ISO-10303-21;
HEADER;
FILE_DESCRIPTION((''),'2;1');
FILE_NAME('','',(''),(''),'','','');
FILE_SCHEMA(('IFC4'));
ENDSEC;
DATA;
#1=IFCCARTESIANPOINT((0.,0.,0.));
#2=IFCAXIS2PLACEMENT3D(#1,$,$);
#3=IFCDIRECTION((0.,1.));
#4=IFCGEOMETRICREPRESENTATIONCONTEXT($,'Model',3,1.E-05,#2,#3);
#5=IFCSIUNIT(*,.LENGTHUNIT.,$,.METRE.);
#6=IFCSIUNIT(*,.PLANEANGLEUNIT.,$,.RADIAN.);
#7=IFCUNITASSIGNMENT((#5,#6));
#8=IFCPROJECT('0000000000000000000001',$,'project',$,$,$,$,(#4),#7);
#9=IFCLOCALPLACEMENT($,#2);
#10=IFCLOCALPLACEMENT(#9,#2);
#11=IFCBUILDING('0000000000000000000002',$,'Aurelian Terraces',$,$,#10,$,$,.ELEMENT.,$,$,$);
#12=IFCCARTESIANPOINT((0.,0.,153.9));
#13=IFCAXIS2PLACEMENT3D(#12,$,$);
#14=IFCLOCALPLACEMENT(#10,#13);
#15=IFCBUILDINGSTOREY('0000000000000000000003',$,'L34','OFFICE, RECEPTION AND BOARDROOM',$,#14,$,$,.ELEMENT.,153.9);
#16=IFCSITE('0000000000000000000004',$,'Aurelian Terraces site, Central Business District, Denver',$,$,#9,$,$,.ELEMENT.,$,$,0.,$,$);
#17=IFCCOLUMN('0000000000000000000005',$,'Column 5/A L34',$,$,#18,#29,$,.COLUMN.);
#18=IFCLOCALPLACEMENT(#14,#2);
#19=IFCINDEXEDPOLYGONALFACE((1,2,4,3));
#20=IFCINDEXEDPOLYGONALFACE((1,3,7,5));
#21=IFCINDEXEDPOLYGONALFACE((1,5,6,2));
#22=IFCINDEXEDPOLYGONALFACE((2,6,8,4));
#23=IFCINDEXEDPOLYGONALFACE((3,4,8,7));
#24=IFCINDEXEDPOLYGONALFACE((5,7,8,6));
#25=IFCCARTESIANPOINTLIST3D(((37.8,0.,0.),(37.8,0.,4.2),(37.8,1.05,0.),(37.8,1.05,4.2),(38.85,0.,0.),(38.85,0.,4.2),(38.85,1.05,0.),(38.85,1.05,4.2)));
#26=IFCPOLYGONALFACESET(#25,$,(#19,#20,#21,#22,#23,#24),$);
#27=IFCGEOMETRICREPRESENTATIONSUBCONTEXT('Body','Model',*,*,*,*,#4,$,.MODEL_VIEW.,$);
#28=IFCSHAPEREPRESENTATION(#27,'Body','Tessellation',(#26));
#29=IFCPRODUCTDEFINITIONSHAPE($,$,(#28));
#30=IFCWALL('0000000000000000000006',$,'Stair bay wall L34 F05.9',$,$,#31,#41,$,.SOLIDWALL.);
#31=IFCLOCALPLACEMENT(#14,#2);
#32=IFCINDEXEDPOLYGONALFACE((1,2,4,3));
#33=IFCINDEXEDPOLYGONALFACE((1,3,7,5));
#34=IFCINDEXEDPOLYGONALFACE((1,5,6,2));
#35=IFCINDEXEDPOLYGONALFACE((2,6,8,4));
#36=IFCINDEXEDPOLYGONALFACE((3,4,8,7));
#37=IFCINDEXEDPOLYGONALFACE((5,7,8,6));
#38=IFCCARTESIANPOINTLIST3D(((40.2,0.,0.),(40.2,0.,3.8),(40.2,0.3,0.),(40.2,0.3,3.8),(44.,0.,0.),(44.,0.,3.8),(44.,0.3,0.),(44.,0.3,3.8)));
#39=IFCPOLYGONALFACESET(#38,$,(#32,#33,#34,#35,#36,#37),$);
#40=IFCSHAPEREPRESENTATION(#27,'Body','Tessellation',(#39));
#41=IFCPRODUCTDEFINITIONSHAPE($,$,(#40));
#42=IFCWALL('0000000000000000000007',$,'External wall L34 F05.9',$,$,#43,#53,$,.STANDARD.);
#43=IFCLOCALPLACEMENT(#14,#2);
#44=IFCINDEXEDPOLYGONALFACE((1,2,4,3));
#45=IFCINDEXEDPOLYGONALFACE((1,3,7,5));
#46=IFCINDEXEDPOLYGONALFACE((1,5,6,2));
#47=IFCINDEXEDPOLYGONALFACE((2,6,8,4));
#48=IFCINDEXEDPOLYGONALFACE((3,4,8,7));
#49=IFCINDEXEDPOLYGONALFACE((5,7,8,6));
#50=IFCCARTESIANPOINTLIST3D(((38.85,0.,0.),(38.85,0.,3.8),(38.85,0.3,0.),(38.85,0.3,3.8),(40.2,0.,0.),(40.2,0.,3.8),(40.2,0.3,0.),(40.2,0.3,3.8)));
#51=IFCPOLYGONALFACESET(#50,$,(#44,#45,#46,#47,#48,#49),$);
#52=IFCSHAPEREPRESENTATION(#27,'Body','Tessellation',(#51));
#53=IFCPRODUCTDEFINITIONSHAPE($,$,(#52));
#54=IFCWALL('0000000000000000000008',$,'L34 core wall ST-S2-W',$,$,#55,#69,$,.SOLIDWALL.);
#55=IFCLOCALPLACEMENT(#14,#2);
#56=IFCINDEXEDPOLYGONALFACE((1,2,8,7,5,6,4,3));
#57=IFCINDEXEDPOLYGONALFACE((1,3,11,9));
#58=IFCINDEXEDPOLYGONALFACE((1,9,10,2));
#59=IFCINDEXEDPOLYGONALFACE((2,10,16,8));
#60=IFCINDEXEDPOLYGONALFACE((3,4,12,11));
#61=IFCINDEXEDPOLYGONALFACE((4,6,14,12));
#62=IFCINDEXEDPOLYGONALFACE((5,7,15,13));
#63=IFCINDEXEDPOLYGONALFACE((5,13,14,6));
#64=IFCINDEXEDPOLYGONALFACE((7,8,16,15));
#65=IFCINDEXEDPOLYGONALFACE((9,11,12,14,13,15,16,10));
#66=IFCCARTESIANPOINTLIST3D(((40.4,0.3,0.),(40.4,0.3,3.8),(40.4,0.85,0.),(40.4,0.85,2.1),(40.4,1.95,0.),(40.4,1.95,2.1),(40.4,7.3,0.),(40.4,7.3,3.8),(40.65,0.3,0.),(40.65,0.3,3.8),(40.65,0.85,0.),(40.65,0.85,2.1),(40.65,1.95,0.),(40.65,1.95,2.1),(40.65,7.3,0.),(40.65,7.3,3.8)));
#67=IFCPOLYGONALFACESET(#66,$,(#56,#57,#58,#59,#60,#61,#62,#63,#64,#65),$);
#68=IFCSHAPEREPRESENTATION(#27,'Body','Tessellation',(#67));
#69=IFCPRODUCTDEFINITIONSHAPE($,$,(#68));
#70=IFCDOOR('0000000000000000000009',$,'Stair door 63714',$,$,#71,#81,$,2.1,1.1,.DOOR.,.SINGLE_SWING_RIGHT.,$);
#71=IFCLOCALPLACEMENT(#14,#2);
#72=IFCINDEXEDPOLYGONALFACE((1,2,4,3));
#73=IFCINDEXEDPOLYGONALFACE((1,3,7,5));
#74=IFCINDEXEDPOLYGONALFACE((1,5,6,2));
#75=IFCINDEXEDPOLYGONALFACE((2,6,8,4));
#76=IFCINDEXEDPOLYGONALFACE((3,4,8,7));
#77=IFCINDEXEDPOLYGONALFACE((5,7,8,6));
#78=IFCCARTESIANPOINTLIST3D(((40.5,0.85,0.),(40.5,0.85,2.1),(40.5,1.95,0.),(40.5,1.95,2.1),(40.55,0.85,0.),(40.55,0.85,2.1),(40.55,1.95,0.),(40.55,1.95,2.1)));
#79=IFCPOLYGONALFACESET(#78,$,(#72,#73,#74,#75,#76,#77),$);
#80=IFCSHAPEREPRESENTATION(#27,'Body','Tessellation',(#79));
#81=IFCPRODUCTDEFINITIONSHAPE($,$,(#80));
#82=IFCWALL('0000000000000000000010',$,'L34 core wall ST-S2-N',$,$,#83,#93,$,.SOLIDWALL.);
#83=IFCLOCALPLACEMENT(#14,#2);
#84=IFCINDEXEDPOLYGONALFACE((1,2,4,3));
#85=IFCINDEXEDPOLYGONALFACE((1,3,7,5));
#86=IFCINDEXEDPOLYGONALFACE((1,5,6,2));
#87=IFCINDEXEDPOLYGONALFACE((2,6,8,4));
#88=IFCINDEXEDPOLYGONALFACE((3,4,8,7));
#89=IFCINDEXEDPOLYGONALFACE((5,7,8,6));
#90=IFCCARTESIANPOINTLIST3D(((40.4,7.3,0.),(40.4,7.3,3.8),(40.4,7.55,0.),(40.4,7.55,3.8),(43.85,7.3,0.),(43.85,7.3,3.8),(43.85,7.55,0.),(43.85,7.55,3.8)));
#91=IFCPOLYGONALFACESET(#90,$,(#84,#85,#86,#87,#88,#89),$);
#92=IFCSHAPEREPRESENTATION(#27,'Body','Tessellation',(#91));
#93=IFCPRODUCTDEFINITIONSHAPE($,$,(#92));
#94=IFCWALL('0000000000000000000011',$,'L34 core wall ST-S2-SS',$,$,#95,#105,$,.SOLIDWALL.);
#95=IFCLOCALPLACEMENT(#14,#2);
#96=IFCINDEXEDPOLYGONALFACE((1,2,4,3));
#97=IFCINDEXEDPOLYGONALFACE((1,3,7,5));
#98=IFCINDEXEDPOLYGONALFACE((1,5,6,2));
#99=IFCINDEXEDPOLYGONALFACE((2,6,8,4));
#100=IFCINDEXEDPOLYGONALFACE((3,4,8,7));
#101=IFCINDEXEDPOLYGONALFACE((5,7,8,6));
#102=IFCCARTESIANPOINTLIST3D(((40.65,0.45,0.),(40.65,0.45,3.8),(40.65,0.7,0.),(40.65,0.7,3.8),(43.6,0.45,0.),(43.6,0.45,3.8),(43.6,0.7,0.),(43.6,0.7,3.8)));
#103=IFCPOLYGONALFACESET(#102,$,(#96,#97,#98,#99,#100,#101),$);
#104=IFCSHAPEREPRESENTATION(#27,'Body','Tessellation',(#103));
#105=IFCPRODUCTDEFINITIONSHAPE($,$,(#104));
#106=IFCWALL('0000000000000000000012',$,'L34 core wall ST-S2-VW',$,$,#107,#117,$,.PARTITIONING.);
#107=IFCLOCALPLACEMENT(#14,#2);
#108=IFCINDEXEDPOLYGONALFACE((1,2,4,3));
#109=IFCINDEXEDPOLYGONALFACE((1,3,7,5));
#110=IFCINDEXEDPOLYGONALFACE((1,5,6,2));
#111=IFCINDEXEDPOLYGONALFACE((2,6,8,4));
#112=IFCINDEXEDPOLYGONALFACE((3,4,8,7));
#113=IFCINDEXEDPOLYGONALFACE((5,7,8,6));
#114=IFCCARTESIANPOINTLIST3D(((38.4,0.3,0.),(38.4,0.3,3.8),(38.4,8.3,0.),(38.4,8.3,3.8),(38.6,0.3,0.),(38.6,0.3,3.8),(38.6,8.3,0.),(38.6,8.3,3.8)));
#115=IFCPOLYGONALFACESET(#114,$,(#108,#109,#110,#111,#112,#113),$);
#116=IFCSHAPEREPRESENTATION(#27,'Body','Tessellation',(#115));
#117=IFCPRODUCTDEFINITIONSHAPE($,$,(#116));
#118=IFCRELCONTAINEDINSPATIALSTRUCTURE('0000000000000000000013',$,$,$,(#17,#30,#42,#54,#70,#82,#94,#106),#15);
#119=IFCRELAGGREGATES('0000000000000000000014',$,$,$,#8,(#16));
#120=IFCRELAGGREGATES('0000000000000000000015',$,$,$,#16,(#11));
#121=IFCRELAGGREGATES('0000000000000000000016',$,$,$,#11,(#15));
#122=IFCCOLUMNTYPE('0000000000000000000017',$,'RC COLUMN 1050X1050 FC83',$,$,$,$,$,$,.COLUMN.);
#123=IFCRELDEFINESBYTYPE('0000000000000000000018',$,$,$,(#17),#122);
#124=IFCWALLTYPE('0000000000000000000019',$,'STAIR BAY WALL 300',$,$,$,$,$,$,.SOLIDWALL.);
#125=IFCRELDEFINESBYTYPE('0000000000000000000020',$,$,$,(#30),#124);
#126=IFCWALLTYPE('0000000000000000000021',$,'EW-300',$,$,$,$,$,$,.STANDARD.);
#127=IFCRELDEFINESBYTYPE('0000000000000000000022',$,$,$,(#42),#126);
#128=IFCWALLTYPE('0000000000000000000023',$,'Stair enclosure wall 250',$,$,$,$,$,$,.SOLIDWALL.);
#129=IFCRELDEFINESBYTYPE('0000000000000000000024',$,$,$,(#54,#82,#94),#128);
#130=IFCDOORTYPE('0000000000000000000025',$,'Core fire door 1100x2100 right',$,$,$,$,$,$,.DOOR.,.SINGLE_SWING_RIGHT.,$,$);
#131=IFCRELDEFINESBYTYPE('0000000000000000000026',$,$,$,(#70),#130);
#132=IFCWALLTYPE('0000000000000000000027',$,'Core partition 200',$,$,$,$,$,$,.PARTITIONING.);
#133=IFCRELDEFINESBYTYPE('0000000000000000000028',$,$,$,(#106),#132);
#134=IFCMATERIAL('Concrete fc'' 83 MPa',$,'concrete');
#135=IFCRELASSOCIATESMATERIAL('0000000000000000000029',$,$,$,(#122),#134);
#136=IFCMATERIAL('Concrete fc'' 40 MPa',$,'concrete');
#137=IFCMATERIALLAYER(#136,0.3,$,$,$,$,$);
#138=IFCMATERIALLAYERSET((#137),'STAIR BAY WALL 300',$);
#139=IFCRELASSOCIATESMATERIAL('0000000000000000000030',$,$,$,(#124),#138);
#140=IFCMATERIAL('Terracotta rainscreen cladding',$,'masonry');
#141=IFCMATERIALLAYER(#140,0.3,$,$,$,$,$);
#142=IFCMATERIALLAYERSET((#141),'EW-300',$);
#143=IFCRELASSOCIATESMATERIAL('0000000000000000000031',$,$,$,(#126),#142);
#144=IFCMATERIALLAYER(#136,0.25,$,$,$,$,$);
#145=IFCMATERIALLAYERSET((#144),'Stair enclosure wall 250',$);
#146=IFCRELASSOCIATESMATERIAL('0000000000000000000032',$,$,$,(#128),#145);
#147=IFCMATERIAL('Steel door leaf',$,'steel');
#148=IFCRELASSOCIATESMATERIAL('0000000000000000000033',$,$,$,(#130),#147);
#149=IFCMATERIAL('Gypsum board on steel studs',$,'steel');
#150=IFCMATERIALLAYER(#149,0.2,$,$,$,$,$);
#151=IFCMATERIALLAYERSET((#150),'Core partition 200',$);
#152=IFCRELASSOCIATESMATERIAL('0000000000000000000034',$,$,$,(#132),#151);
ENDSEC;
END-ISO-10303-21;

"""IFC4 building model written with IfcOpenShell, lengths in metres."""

from ifc_helpers import new_model, si_unit, direction, frame, frame_2d, origin, origin_2d, place, context, subcontext, project, spatial, rectangle, extrude, source, transform, mapped, material, layer, layer_set, material_profile, profile_set, type_object, element, fill, save


model = new_model("IFC4")

# Units and contexts
model_context = context("Model", 3, precision=1e-05, world=origin(), true_north=direction((0.0, 1.0)))
body_context = subcontext(model_context, "Body", "Model", "MODEL_VIEW")
ifc_project = project(units=[si_unit("LENGTHUNIT", "METRE"), si_unit("PLANEANGLEUNIT", "RADIAN")], contexts=[model_context])

# Site, building, storey
site_placement = place(None, origin())
site = spatial("IfcSite", under=ifc_project, at=site_placement, Name="Aurelian Terraces site, Central Business District, Denver", CompositionType="ELEMENT", RefElevation=0.0)
building_placement = place(site_placement, origin())
building = spatial("IfcBuilding", under=site, at=building_placement, Name="Aurelian Terraces", CompositionType="ELEMENT")
storey_placement = place(building_placement, frame((0.0, 0.0, 153.9)))
storey = spatial("IfcBuildingStorey", under=building, at=storey_placement, Name="L34", Description="OFFICE, RECEPTION AND BOARDROOM", CompositionType="ELEMENT", Elevation=153.9)

# Column
ifc_material_1 = material(Name="Concrete fc' 83 MPa", Category="concrete")
ifc_material_profile = material_profile(ifc_material_1, rectangle(XDim=1.05, YDim=1.05, at=origin_2d()))
ifc_profile_set = profile_set([ifc_material_profile], Name="Concrete fc' 83 MPa")
column_type = type_object("IfcColumnType", Name="RC COLUMN 1050X1050 FC83", PredefinedType="COLUMN", material=ifc_profile_set)
shared_shape_1 = source(origin(), body_context, "Body", "SweptSolid", [
    extrude(rectangle(XDim=1.05, YDim=1.05, at=origin_2d()), origin(), (0.0, 0.0, 1.0), 4.2),
])
column_placement = place(storey_placement, frame((38.325, 0.525, 0.0), z_axis=(0.0, 0.0, 1.0), x_axis=(1.0, 0.0, 0.0)))
element("IfcColumn", 1, at=column_placement, inside=storey, type_object=column_type, Name="Column 5/A L34", PredefinedType="COLUMN", context=body_context, shape_type="MappedRepresentation", body=[
    mapped(shared_shape_1, transform((0.0, 0.0, 0.0), scale=1.0)),
])

# Walls
ifc_material_2 = material(Name="Concrete fc' 40 MPa", Category="concrete")
ifc_layer_1 = layer(ifc_material_2, 0.3)
ifc_layer_set_1 = layer_set([ifc_layer_1], Name="STAIR BAY WALL 300")
wall_type_1 = type_object("IfcWallType", Name="STAIR BAY WALL 300", PredefinedType="SOLIDWALL", material=ifc_layer_set_1)
shared_shape_2 = source(origin(), body_context, "Body", "SweptSolid", [
    extrude(rectangle(XDim=3.8, YDim=0.3, at=frame_2d((1.9, 0.0))), origin(), (0.0, 0.0, 1.0), 3.8),
])
wall_1_placement = place(storey_placement, frame((40.2, 0.15, 0.0), z_axis=(0.0, 0.0, 1.0), x_axis=(1.0, 0.0, 0.0)))
element("IfcWall", 2, at=wall_1_placement, inside=storey, type_object=wall_type_1, Name="Stair bay wall L34 F05.9", PredefinedType="SOLIDWALL", context=body_context, shape_type="MappedRepresentation", body=[
    mapped(shared_shape_2, transform((0.0, 0.0, 0.0), scale=1.0)),
])
ifc_material_3 = material(Name="Terracotta rainscreen cladding", Category="masonry")
ifc_layer_2 = layer(ifc_material_3, 0.3)
ifc_layer_set_2 = layer_set([ifc_layer_2], Name="EW-300")
wall_type_2 = type_object("IfcWallType", Name="EW-300", PredefinedType="STANDARD", material=ifc_layer_set_2)
shared_shape_3 = source(origin(), body_context, "Body", "SweptSolid", [
    extrude(rectangle(XDim=1.35, YDim=0.3, at=frame_2d((0.675, 0.0))), origin(), (0.0, 0.0, 1.0), 3.8),
])
wall_2_placement = place(storey_placement, frame((38.85, 0.15, 0.0), z_axis=(0.0, 0.0, 1.0), x_axis=(1.0, 0.0, 0.0)))
element("IfcWall", 3, at=wall_2_placement, inside=storey, type_object=wall_type_2, Name="External wall L34 F05.9", PredefinedType="STANDARD", context=body_context, shape_type="MappedRepresentation", body=[
    mapped(shared_shape_3, transform((0.0, 0.0, 0.0), scale=1.0)),
])

# Wall, opening, door
ifc_layer_3 = layer(ifc_material_2, 0.25)
ifc_layer_set_3 = layer_set([ifc_layer_3], Name="Stair enclosure wall 250")
wall_type_3 = type_object("IfcWallType", Name="Stair enclosure wall 250", PredefinedType="SOLIDWALL", material=ifc_layer_set_3)
shared_shape_4 = source(origin(), body_context, "Body", "SweptSolid", [
    extrude(rectangle(XDim=7.0, YDim=0.25, at=frame_2d((3.5, 0.0))), origin(), (0.0, 0.0, 1.0), 3.8),
])
wall_3_placement = place(storey_placement, frame((40.525, 0.3, 0.0), z_axis=(0.0, 0.0, 1.0), x_axis=(0.0, 1.0, 0.0)))
wall_3 = element("IfcWall", 4, at=wall_3_placement, inside=storey, type_object=wall_type_3, Name="L34 core wall ST-S2-W", PredefinedType="SOLIDWALL", context=body_context, shape_type="MappedRepresentation", body=[
    mapped(shared_shape_4, transform((0.0, 0.0, 0.0), scale=1.0)),
])
shared_shape_5 = source(origin(), body_context, "Body", "SweptSolid", [
    extrude(rectangle(XDim=1.1, YDim=2.1, at=frame_2d((0.55, 1.05))), frame((0.0, 0.135, 0.0), z_axis=(0.0, -1.0, 0.0), x_axis=(1.0, 0.0, 0.0)), (0.0, 0.0, 1.0), 0.27),
])
opening_1_placement = place(wall_3_placement, frame((0.55, 0.0, 0.0)))
opening_1 = element("IfcOpeningElement", 5, at=opening_1_placement, cuts=wall_3, PredefinedType="OPENING", context=body_context, shape_type="MappedRepresentation", body=[
    mapped(shared_shape_5, transform((0.0, 0.0, 0.0), scale=1.0)),
])
ifc_material_4 = material(Name="Steel door leaf", Category="steel")
door_type_1 = type_object("IfcDoorType", Name="Core fire door 1100x2100 right", OperationType="SINGLE_SWING_RIGHT", PredefinedType="DOOR", material=ifc_material_4)
shared_shape_6 = source(origin(), body_context, "Body", "SweptSolid", [
    extrude(rectangle(XDim=1.1, YDim=2.1, at=frame_2d((0.55, 1.05))), frame((0.0, 0.025, 0.0), z_axis=(0.0, -1.0, 0.0), x_axis=(1.0, 0.0, 0.0)), (0.0, 0.0, 1.0), 0.05),
])
door_1_placement = place(opening_1_placement, origin())
door_1 = element("IfcDoor", 6, at=door_1_placement, inside=storey, type_object=door_type_1, Name="Stair door 63714", OperationType="SINGLE_SWING_RIGHT", OverallHeight=2.1, OverallWidth=1.1, PredefinedType="DOOR", context=body_context, shape_type="MappedRepresentation", body=[
    mapped(shared_shape_6, transform((0.0, 0.0, 0.0), scale=1.0)),
])
fill(opening_1, door_1)

# Walls
shared_shape_7 = source(origin(), body_context, "Body", "SweptSolid", [
    extrude(rectangle(XDim=3.45, YDim=0.25, at=frame_2d((1.725, 0.0))), origin(), (0.0, 0.0, 1.0), 3.8),
])
wall_4_placement = place(storey_placement, frame((40.4, 7.425, 0.0), z_axis=(0.0, 0.0, 1.0), x_axis=(1.0, 0.0, 0.0)))
element("IfcWall", 7, at=wall_4_placement, inside=storey, type_object=wall_type_3, Name="L34 core wall ST-S2-N", PredefinedType="SOLIDWALL", context=body_context, shape_type="MappedRepresentation", body=[
    mapped(shared_shape_7, transform((0.0, 0.0, 0.0), scale=1.0)),
])
shared_shape_8 = source(origin(), body_context, "Body", "SweptSolid", [
    extrude(rectangle(XDim=2.95, YDim=0.25, at=frame_2d((1.475, 0.0))), origin(), (0.0, 0.0, 1.0), 3.8),
])
wall_5_placement = place(storey_placement, frame((40.65, 0.575, 0.0), z_axis=(0.0, 0.0, 1.0), x_axis=(1.0, 0.0, 0.0)))
element("IfcWall", 8, at=wall_5_placement, inside=storey, type_object=wall_type_3, Name="L34 core wall ST-S2-SS", PredefinedType="SOLIDWALL", context=body_context, shape_type="MappedRepresentation", body=[
    mapped(shared_shape_8, transform((0.0, 0.0, 0.0), scale=1.0)),
])
ifc_material_5 = material(Name="Gypsum board on steel studs", Category="steel")
ifc_layer_4 = layer(ifc_material_5, 0.2)
ifc_layer_set_4 = layer_set([ifc_layer_4], Name="Core partition 200")
wall_type_4 = type_object("IfcWallType", Name="Core partition 200", PredefinedType="PARTITIONING", material=ifc_layer_set_4)
shared_shape_9 = source(origin(), body_context, "Body", "SweptSolid", [
    extrude(rectangle(XDim=8.0, YDim=0.2, at=frame_2d((4.0, 0.0))), origin(), (0.0, 0.0, 1.0), 3.8),
])
wall_6_placement = place(storey_placement, frame((38.5, 0.3, 0.0), z_axis=(0.0, 0.0, 1.0), x_axis=(0.0, 1.0, 0.0)))
element("IfcWall", 9, at=wall_6_placement, inside=storey, type_object=wall_type_4, Name="L34 core wall ST-S2-VW", PredefinedType="PARTITIONING", context=body_context, shape_type="MappedRepresentation", body=[
    mapped(shared_shape_9, transform((0.0, 0.0, 0.0), scale=1.0)),
])

save(model, "model.ifc")
